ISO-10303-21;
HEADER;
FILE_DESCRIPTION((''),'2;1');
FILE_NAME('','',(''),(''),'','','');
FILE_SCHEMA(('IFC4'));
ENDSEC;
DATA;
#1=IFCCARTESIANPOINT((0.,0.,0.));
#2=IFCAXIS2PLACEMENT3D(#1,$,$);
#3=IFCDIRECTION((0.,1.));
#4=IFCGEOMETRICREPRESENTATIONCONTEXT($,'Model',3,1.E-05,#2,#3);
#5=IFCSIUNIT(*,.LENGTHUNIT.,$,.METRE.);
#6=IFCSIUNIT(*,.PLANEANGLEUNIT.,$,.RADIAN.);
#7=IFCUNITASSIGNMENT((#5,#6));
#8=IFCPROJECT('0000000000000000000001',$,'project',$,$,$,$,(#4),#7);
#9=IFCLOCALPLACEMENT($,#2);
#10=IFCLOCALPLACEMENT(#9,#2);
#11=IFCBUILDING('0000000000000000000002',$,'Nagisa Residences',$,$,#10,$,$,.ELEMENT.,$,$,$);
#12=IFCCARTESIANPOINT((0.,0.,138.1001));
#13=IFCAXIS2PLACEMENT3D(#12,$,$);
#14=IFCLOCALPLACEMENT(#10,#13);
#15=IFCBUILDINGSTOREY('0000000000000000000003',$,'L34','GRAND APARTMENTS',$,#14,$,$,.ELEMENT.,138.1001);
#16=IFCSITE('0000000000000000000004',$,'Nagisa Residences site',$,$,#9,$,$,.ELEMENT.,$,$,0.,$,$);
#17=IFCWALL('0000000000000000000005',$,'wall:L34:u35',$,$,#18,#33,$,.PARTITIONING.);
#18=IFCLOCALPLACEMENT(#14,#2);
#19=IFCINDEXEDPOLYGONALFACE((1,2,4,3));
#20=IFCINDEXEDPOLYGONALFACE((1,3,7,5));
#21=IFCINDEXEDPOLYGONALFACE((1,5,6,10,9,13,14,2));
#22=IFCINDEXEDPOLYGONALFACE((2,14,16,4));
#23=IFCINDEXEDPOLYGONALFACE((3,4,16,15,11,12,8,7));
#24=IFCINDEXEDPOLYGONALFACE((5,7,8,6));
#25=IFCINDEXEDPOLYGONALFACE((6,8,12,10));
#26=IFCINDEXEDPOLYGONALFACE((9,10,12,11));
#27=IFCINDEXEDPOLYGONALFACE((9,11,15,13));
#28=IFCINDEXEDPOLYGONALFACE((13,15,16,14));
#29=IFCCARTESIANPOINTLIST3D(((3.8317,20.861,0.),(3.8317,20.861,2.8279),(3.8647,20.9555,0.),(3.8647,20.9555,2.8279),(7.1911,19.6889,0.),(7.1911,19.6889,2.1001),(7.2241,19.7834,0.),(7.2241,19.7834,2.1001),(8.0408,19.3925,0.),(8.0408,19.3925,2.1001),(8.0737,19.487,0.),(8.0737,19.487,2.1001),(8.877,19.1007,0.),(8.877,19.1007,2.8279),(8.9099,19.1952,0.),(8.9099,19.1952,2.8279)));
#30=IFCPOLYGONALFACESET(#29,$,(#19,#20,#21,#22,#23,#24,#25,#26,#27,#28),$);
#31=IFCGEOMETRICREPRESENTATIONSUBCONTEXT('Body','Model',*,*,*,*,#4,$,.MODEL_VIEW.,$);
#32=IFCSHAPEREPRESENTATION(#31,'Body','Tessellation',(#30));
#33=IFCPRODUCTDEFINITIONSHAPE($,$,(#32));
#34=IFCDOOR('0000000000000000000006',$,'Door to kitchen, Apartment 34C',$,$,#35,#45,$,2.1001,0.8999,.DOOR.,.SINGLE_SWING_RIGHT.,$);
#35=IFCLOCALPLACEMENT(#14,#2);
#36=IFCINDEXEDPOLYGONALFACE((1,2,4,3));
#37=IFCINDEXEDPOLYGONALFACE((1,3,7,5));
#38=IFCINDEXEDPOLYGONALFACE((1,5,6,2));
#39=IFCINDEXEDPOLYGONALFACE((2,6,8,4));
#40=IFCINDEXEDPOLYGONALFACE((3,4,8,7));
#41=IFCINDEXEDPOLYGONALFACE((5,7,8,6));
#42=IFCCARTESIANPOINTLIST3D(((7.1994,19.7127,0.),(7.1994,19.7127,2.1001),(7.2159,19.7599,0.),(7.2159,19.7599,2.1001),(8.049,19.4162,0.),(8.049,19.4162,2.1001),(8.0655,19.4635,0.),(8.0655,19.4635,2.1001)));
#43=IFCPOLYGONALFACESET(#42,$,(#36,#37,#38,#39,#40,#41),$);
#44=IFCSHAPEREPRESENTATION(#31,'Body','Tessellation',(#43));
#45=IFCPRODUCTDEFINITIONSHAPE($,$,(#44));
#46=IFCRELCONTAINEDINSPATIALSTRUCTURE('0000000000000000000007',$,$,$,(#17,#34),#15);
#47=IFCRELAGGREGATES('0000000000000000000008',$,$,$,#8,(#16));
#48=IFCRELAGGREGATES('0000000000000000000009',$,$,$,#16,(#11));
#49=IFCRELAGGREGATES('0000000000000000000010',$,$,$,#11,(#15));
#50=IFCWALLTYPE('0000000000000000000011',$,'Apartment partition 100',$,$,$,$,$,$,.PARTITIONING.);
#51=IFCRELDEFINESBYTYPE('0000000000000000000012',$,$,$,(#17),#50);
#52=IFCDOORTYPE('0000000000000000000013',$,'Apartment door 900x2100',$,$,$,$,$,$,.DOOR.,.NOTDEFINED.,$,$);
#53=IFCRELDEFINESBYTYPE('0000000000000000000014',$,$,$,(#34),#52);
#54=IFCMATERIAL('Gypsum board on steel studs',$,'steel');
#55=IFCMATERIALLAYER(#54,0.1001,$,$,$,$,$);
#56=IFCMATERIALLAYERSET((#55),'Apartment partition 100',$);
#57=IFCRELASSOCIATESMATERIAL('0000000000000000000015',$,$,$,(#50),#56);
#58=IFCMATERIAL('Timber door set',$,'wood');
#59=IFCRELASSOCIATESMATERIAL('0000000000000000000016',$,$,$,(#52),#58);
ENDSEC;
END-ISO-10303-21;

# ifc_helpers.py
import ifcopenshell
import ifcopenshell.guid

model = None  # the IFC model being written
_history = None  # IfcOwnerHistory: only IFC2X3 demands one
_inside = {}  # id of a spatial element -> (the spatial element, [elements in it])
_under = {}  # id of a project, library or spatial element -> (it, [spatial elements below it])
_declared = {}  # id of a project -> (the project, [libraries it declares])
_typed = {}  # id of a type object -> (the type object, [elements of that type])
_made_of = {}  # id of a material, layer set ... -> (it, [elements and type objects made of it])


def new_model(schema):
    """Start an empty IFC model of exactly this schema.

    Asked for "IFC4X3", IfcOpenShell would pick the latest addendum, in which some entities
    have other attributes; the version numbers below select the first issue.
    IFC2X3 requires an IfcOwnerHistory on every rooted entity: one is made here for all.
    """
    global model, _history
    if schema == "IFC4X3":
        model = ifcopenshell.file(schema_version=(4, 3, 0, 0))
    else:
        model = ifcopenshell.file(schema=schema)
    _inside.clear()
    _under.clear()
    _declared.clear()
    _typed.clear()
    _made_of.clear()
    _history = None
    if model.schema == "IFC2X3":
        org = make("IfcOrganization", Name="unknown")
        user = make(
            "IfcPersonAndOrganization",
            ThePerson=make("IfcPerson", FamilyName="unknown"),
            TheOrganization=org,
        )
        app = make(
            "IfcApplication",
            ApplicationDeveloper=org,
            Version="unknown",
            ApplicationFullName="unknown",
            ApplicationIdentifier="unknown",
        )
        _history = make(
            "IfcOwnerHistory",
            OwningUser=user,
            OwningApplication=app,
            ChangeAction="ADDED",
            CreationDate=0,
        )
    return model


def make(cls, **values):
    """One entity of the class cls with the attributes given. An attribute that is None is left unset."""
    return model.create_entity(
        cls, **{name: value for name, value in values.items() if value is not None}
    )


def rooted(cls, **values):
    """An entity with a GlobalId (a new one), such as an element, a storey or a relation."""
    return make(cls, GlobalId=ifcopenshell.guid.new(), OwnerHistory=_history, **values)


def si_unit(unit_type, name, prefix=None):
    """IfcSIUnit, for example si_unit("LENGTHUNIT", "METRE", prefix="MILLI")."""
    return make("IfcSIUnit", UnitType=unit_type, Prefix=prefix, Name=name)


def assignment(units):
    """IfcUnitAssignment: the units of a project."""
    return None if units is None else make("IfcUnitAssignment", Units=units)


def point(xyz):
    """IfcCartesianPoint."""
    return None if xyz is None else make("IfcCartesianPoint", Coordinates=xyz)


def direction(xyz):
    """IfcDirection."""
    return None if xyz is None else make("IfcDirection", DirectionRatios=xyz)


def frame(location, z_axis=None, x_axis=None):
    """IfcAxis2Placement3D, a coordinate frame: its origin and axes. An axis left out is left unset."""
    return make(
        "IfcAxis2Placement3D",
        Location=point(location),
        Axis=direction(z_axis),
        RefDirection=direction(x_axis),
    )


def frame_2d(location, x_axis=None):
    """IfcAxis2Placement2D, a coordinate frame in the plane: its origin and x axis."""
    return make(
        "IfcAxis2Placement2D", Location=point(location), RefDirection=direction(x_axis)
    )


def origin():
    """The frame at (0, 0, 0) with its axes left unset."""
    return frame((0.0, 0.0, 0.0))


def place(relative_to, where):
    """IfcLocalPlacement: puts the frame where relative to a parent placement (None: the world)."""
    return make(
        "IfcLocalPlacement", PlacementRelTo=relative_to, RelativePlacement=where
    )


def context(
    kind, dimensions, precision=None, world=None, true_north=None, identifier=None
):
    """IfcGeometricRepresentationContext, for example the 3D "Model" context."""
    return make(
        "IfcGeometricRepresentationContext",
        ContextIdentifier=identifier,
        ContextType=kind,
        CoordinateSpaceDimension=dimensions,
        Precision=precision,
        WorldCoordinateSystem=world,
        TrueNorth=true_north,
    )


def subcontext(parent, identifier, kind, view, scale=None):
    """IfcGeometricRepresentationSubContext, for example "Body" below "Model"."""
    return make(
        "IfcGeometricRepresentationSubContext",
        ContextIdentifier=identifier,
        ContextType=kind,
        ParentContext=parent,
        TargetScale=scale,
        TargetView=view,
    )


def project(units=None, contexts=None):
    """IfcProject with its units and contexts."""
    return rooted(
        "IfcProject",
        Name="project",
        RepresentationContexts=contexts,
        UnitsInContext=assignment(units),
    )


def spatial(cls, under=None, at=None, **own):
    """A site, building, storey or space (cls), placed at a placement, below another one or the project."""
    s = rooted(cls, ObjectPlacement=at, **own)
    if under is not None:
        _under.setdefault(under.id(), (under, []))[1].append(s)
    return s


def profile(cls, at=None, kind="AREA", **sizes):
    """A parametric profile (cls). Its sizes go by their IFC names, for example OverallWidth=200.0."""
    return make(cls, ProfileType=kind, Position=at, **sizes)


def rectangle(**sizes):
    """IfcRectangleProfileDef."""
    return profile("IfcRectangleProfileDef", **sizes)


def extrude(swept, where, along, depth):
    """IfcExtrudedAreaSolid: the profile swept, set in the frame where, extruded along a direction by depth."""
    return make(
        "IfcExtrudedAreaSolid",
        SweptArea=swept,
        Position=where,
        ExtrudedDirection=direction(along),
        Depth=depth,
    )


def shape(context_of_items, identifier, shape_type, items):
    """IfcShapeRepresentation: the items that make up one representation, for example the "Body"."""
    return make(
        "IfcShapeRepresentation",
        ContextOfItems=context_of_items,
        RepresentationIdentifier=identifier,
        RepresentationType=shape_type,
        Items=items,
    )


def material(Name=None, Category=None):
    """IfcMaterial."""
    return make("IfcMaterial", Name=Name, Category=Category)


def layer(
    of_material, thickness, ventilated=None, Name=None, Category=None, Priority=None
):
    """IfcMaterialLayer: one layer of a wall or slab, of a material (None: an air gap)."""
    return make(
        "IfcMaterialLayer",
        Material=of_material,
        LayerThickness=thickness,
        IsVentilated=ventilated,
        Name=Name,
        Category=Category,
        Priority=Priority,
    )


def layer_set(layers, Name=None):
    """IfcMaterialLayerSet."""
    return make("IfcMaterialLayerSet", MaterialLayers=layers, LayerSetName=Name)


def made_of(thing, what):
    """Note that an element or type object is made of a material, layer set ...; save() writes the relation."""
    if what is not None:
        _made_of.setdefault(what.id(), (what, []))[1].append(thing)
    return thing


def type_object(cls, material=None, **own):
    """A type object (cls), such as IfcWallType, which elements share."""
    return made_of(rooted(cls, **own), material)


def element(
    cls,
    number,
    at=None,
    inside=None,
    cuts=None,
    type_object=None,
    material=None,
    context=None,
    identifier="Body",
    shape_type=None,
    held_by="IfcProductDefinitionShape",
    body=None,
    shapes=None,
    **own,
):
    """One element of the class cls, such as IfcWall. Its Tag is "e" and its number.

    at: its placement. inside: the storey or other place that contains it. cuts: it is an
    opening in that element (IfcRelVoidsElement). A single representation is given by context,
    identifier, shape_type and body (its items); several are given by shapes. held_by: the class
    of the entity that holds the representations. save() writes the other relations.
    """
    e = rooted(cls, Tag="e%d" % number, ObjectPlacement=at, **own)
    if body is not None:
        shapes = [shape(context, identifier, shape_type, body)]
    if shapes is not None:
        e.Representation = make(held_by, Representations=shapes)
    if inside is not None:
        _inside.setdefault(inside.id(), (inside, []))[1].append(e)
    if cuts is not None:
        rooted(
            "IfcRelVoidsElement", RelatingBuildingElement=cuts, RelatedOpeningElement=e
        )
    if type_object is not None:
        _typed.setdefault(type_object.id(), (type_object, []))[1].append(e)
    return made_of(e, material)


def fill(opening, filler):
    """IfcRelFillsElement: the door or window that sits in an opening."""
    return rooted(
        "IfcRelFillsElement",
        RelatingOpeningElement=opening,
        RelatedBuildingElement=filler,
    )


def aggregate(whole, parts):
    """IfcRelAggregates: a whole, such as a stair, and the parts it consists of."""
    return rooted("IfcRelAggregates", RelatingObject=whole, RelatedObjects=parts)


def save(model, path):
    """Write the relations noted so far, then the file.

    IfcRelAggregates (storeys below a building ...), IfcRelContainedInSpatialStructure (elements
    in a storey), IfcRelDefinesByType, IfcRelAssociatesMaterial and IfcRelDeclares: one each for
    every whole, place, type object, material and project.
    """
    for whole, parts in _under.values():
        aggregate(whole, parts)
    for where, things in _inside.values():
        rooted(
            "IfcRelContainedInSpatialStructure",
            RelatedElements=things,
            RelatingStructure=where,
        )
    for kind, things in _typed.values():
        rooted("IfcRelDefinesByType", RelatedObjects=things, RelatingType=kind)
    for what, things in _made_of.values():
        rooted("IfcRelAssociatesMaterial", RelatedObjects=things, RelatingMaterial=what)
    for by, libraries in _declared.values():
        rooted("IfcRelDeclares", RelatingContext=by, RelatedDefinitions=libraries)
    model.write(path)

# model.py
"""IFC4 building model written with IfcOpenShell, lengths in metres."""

from ifc_helpers import new_model, si_unit, direction, frame, frame_2d, origin, place, context, subcontext, project, spatial, rectangle, extrude, material, layer, layer_set, type_object, element, fill, save


model = new_model("IFC4")

# Units and contexts
model_context = context("Model", 3, precision=1e-05, world=origin(), true_north=direction((0.0, 1.0)))
body_context = subcontext(model_context, "Body", "Model", "MODEL_VIEW")
ifc_project = project(units=[si_unit("LENGTHUNIT", "METRE"), si_unit("PLANEANGLEUNIT", "RADIAN")], contexts=[model_context])

# Site, building, storey
site_placement = place(None, origin())
site = spatial("IfcSite", under=ifc_project, at=site_placement, Name="Nagisa Residences site", CompositionType="ELEMENT", RefElevation=0.0)
building_placement = place(site_placement, origin())
building = spatial("IfcBuilding", under=site, at=building_placement, Name="Nagisa Residences", CompositionType="ELEMENT")
storey_placement = place(building_placement, frame((0.0, 0.0, 138.1001)))
storey = spatial("IfcBuildingStorey", under=building, at=storey_placement, Name="L34", Description="GRAND APARTMENTS", CompositionType="ELEMENT", Elevation=138.1001)

# Shared definitions
ifc_material_1 = material(Name="Gypsum board on steel studs", Category="steel")
ifc_layer_1 = layer(ifc_material_1, 0.1001)
ifc_layer_set_1 = layer_set([ifc_layer_1], Name="Apartment partition 100")
wall_type_1 = type_object("IfcWallType", Name="Apartment partition 100", PredefinedType="PARTITIONING", material=ifc_layer_set_1)

# Wall, opening, door
ifc_material_2 = material(Name="Timber door set", Category="wood")
door_type_1 = type_object("IfcDoorType", Name="Apartment door 900x2100", OperationType="NOTDEFINED", PredefinedType="DOOR", material=ifc_material_2)
wall_1_placement = place(storey_placement, frame((8.8936, 19.1479, 0.0), z_axis=(0.0, 0.0, 1.0), x_axis=(-0.944182, 0.329424, 0.0)))
wall_1 = element("IfcWall", 1, at=wall_1_placement, inside=storey, type_object=wall_type_1, Name="wall:L34:u35", PredefinedType="PARTITIONING", context=body_context, shape_type="SweptSolid", body=[
    extrude(rectangle(XDim=5.3435, YDim=0.1001, at=frame_2d((2.6719, 0.0))), origin(), (0.0, 0.0, 1.0), 2.8279),
])
opening_1_placement = place(wall_1_placement, frame((0.8857, 0.0, 0.0)))
opening_1 = element("IfcOpeningElement", 2, at=opening_1_placement, cuts=wall_1, PredefinedType="OPENING", context=body_context, shape_type="SweptSolid", body=[
    extrude(rectangle(XDim=0.8999, YDim=2.1001, at=frame_2d((0.45, 1.05))), frame((0.0, 0.0601, 0.0), z_axis=(0.0, -1.0, 0.0), x_axis=(1.0, 0.0, 0.0)), (0.0, 0.0, 1.0), 0.1201),
])
door_1_placement = place(opening_1_placement, origin())
door_1 = element("IfcDoor", 3, at=door_1_placement, inside=storey, type_object=door_type_1, Name="Door to kitchen, Apartment 34C", OperationType="SINGLE_SWING_RIGHT", OverallHeight=2.1001, OverallWidth=0.8999, PredefinedType="DOOR", context=body_context, shape_type="SweptSolid", body=[
    extrude(rectangle(XDim=0.8999, YDim=2.1001, at=frame_2d((0.45, 1.05))), frame((0.0, 0.0249, 0.0), z_axis=(0.0, -1.0, 0.0), x_axis=(1.0, 0.0, 0.0)), (0.0, 0.0, 1.0), 0.05),
])
fill(opening_1, door_1)

save(model, "model.ifc")
